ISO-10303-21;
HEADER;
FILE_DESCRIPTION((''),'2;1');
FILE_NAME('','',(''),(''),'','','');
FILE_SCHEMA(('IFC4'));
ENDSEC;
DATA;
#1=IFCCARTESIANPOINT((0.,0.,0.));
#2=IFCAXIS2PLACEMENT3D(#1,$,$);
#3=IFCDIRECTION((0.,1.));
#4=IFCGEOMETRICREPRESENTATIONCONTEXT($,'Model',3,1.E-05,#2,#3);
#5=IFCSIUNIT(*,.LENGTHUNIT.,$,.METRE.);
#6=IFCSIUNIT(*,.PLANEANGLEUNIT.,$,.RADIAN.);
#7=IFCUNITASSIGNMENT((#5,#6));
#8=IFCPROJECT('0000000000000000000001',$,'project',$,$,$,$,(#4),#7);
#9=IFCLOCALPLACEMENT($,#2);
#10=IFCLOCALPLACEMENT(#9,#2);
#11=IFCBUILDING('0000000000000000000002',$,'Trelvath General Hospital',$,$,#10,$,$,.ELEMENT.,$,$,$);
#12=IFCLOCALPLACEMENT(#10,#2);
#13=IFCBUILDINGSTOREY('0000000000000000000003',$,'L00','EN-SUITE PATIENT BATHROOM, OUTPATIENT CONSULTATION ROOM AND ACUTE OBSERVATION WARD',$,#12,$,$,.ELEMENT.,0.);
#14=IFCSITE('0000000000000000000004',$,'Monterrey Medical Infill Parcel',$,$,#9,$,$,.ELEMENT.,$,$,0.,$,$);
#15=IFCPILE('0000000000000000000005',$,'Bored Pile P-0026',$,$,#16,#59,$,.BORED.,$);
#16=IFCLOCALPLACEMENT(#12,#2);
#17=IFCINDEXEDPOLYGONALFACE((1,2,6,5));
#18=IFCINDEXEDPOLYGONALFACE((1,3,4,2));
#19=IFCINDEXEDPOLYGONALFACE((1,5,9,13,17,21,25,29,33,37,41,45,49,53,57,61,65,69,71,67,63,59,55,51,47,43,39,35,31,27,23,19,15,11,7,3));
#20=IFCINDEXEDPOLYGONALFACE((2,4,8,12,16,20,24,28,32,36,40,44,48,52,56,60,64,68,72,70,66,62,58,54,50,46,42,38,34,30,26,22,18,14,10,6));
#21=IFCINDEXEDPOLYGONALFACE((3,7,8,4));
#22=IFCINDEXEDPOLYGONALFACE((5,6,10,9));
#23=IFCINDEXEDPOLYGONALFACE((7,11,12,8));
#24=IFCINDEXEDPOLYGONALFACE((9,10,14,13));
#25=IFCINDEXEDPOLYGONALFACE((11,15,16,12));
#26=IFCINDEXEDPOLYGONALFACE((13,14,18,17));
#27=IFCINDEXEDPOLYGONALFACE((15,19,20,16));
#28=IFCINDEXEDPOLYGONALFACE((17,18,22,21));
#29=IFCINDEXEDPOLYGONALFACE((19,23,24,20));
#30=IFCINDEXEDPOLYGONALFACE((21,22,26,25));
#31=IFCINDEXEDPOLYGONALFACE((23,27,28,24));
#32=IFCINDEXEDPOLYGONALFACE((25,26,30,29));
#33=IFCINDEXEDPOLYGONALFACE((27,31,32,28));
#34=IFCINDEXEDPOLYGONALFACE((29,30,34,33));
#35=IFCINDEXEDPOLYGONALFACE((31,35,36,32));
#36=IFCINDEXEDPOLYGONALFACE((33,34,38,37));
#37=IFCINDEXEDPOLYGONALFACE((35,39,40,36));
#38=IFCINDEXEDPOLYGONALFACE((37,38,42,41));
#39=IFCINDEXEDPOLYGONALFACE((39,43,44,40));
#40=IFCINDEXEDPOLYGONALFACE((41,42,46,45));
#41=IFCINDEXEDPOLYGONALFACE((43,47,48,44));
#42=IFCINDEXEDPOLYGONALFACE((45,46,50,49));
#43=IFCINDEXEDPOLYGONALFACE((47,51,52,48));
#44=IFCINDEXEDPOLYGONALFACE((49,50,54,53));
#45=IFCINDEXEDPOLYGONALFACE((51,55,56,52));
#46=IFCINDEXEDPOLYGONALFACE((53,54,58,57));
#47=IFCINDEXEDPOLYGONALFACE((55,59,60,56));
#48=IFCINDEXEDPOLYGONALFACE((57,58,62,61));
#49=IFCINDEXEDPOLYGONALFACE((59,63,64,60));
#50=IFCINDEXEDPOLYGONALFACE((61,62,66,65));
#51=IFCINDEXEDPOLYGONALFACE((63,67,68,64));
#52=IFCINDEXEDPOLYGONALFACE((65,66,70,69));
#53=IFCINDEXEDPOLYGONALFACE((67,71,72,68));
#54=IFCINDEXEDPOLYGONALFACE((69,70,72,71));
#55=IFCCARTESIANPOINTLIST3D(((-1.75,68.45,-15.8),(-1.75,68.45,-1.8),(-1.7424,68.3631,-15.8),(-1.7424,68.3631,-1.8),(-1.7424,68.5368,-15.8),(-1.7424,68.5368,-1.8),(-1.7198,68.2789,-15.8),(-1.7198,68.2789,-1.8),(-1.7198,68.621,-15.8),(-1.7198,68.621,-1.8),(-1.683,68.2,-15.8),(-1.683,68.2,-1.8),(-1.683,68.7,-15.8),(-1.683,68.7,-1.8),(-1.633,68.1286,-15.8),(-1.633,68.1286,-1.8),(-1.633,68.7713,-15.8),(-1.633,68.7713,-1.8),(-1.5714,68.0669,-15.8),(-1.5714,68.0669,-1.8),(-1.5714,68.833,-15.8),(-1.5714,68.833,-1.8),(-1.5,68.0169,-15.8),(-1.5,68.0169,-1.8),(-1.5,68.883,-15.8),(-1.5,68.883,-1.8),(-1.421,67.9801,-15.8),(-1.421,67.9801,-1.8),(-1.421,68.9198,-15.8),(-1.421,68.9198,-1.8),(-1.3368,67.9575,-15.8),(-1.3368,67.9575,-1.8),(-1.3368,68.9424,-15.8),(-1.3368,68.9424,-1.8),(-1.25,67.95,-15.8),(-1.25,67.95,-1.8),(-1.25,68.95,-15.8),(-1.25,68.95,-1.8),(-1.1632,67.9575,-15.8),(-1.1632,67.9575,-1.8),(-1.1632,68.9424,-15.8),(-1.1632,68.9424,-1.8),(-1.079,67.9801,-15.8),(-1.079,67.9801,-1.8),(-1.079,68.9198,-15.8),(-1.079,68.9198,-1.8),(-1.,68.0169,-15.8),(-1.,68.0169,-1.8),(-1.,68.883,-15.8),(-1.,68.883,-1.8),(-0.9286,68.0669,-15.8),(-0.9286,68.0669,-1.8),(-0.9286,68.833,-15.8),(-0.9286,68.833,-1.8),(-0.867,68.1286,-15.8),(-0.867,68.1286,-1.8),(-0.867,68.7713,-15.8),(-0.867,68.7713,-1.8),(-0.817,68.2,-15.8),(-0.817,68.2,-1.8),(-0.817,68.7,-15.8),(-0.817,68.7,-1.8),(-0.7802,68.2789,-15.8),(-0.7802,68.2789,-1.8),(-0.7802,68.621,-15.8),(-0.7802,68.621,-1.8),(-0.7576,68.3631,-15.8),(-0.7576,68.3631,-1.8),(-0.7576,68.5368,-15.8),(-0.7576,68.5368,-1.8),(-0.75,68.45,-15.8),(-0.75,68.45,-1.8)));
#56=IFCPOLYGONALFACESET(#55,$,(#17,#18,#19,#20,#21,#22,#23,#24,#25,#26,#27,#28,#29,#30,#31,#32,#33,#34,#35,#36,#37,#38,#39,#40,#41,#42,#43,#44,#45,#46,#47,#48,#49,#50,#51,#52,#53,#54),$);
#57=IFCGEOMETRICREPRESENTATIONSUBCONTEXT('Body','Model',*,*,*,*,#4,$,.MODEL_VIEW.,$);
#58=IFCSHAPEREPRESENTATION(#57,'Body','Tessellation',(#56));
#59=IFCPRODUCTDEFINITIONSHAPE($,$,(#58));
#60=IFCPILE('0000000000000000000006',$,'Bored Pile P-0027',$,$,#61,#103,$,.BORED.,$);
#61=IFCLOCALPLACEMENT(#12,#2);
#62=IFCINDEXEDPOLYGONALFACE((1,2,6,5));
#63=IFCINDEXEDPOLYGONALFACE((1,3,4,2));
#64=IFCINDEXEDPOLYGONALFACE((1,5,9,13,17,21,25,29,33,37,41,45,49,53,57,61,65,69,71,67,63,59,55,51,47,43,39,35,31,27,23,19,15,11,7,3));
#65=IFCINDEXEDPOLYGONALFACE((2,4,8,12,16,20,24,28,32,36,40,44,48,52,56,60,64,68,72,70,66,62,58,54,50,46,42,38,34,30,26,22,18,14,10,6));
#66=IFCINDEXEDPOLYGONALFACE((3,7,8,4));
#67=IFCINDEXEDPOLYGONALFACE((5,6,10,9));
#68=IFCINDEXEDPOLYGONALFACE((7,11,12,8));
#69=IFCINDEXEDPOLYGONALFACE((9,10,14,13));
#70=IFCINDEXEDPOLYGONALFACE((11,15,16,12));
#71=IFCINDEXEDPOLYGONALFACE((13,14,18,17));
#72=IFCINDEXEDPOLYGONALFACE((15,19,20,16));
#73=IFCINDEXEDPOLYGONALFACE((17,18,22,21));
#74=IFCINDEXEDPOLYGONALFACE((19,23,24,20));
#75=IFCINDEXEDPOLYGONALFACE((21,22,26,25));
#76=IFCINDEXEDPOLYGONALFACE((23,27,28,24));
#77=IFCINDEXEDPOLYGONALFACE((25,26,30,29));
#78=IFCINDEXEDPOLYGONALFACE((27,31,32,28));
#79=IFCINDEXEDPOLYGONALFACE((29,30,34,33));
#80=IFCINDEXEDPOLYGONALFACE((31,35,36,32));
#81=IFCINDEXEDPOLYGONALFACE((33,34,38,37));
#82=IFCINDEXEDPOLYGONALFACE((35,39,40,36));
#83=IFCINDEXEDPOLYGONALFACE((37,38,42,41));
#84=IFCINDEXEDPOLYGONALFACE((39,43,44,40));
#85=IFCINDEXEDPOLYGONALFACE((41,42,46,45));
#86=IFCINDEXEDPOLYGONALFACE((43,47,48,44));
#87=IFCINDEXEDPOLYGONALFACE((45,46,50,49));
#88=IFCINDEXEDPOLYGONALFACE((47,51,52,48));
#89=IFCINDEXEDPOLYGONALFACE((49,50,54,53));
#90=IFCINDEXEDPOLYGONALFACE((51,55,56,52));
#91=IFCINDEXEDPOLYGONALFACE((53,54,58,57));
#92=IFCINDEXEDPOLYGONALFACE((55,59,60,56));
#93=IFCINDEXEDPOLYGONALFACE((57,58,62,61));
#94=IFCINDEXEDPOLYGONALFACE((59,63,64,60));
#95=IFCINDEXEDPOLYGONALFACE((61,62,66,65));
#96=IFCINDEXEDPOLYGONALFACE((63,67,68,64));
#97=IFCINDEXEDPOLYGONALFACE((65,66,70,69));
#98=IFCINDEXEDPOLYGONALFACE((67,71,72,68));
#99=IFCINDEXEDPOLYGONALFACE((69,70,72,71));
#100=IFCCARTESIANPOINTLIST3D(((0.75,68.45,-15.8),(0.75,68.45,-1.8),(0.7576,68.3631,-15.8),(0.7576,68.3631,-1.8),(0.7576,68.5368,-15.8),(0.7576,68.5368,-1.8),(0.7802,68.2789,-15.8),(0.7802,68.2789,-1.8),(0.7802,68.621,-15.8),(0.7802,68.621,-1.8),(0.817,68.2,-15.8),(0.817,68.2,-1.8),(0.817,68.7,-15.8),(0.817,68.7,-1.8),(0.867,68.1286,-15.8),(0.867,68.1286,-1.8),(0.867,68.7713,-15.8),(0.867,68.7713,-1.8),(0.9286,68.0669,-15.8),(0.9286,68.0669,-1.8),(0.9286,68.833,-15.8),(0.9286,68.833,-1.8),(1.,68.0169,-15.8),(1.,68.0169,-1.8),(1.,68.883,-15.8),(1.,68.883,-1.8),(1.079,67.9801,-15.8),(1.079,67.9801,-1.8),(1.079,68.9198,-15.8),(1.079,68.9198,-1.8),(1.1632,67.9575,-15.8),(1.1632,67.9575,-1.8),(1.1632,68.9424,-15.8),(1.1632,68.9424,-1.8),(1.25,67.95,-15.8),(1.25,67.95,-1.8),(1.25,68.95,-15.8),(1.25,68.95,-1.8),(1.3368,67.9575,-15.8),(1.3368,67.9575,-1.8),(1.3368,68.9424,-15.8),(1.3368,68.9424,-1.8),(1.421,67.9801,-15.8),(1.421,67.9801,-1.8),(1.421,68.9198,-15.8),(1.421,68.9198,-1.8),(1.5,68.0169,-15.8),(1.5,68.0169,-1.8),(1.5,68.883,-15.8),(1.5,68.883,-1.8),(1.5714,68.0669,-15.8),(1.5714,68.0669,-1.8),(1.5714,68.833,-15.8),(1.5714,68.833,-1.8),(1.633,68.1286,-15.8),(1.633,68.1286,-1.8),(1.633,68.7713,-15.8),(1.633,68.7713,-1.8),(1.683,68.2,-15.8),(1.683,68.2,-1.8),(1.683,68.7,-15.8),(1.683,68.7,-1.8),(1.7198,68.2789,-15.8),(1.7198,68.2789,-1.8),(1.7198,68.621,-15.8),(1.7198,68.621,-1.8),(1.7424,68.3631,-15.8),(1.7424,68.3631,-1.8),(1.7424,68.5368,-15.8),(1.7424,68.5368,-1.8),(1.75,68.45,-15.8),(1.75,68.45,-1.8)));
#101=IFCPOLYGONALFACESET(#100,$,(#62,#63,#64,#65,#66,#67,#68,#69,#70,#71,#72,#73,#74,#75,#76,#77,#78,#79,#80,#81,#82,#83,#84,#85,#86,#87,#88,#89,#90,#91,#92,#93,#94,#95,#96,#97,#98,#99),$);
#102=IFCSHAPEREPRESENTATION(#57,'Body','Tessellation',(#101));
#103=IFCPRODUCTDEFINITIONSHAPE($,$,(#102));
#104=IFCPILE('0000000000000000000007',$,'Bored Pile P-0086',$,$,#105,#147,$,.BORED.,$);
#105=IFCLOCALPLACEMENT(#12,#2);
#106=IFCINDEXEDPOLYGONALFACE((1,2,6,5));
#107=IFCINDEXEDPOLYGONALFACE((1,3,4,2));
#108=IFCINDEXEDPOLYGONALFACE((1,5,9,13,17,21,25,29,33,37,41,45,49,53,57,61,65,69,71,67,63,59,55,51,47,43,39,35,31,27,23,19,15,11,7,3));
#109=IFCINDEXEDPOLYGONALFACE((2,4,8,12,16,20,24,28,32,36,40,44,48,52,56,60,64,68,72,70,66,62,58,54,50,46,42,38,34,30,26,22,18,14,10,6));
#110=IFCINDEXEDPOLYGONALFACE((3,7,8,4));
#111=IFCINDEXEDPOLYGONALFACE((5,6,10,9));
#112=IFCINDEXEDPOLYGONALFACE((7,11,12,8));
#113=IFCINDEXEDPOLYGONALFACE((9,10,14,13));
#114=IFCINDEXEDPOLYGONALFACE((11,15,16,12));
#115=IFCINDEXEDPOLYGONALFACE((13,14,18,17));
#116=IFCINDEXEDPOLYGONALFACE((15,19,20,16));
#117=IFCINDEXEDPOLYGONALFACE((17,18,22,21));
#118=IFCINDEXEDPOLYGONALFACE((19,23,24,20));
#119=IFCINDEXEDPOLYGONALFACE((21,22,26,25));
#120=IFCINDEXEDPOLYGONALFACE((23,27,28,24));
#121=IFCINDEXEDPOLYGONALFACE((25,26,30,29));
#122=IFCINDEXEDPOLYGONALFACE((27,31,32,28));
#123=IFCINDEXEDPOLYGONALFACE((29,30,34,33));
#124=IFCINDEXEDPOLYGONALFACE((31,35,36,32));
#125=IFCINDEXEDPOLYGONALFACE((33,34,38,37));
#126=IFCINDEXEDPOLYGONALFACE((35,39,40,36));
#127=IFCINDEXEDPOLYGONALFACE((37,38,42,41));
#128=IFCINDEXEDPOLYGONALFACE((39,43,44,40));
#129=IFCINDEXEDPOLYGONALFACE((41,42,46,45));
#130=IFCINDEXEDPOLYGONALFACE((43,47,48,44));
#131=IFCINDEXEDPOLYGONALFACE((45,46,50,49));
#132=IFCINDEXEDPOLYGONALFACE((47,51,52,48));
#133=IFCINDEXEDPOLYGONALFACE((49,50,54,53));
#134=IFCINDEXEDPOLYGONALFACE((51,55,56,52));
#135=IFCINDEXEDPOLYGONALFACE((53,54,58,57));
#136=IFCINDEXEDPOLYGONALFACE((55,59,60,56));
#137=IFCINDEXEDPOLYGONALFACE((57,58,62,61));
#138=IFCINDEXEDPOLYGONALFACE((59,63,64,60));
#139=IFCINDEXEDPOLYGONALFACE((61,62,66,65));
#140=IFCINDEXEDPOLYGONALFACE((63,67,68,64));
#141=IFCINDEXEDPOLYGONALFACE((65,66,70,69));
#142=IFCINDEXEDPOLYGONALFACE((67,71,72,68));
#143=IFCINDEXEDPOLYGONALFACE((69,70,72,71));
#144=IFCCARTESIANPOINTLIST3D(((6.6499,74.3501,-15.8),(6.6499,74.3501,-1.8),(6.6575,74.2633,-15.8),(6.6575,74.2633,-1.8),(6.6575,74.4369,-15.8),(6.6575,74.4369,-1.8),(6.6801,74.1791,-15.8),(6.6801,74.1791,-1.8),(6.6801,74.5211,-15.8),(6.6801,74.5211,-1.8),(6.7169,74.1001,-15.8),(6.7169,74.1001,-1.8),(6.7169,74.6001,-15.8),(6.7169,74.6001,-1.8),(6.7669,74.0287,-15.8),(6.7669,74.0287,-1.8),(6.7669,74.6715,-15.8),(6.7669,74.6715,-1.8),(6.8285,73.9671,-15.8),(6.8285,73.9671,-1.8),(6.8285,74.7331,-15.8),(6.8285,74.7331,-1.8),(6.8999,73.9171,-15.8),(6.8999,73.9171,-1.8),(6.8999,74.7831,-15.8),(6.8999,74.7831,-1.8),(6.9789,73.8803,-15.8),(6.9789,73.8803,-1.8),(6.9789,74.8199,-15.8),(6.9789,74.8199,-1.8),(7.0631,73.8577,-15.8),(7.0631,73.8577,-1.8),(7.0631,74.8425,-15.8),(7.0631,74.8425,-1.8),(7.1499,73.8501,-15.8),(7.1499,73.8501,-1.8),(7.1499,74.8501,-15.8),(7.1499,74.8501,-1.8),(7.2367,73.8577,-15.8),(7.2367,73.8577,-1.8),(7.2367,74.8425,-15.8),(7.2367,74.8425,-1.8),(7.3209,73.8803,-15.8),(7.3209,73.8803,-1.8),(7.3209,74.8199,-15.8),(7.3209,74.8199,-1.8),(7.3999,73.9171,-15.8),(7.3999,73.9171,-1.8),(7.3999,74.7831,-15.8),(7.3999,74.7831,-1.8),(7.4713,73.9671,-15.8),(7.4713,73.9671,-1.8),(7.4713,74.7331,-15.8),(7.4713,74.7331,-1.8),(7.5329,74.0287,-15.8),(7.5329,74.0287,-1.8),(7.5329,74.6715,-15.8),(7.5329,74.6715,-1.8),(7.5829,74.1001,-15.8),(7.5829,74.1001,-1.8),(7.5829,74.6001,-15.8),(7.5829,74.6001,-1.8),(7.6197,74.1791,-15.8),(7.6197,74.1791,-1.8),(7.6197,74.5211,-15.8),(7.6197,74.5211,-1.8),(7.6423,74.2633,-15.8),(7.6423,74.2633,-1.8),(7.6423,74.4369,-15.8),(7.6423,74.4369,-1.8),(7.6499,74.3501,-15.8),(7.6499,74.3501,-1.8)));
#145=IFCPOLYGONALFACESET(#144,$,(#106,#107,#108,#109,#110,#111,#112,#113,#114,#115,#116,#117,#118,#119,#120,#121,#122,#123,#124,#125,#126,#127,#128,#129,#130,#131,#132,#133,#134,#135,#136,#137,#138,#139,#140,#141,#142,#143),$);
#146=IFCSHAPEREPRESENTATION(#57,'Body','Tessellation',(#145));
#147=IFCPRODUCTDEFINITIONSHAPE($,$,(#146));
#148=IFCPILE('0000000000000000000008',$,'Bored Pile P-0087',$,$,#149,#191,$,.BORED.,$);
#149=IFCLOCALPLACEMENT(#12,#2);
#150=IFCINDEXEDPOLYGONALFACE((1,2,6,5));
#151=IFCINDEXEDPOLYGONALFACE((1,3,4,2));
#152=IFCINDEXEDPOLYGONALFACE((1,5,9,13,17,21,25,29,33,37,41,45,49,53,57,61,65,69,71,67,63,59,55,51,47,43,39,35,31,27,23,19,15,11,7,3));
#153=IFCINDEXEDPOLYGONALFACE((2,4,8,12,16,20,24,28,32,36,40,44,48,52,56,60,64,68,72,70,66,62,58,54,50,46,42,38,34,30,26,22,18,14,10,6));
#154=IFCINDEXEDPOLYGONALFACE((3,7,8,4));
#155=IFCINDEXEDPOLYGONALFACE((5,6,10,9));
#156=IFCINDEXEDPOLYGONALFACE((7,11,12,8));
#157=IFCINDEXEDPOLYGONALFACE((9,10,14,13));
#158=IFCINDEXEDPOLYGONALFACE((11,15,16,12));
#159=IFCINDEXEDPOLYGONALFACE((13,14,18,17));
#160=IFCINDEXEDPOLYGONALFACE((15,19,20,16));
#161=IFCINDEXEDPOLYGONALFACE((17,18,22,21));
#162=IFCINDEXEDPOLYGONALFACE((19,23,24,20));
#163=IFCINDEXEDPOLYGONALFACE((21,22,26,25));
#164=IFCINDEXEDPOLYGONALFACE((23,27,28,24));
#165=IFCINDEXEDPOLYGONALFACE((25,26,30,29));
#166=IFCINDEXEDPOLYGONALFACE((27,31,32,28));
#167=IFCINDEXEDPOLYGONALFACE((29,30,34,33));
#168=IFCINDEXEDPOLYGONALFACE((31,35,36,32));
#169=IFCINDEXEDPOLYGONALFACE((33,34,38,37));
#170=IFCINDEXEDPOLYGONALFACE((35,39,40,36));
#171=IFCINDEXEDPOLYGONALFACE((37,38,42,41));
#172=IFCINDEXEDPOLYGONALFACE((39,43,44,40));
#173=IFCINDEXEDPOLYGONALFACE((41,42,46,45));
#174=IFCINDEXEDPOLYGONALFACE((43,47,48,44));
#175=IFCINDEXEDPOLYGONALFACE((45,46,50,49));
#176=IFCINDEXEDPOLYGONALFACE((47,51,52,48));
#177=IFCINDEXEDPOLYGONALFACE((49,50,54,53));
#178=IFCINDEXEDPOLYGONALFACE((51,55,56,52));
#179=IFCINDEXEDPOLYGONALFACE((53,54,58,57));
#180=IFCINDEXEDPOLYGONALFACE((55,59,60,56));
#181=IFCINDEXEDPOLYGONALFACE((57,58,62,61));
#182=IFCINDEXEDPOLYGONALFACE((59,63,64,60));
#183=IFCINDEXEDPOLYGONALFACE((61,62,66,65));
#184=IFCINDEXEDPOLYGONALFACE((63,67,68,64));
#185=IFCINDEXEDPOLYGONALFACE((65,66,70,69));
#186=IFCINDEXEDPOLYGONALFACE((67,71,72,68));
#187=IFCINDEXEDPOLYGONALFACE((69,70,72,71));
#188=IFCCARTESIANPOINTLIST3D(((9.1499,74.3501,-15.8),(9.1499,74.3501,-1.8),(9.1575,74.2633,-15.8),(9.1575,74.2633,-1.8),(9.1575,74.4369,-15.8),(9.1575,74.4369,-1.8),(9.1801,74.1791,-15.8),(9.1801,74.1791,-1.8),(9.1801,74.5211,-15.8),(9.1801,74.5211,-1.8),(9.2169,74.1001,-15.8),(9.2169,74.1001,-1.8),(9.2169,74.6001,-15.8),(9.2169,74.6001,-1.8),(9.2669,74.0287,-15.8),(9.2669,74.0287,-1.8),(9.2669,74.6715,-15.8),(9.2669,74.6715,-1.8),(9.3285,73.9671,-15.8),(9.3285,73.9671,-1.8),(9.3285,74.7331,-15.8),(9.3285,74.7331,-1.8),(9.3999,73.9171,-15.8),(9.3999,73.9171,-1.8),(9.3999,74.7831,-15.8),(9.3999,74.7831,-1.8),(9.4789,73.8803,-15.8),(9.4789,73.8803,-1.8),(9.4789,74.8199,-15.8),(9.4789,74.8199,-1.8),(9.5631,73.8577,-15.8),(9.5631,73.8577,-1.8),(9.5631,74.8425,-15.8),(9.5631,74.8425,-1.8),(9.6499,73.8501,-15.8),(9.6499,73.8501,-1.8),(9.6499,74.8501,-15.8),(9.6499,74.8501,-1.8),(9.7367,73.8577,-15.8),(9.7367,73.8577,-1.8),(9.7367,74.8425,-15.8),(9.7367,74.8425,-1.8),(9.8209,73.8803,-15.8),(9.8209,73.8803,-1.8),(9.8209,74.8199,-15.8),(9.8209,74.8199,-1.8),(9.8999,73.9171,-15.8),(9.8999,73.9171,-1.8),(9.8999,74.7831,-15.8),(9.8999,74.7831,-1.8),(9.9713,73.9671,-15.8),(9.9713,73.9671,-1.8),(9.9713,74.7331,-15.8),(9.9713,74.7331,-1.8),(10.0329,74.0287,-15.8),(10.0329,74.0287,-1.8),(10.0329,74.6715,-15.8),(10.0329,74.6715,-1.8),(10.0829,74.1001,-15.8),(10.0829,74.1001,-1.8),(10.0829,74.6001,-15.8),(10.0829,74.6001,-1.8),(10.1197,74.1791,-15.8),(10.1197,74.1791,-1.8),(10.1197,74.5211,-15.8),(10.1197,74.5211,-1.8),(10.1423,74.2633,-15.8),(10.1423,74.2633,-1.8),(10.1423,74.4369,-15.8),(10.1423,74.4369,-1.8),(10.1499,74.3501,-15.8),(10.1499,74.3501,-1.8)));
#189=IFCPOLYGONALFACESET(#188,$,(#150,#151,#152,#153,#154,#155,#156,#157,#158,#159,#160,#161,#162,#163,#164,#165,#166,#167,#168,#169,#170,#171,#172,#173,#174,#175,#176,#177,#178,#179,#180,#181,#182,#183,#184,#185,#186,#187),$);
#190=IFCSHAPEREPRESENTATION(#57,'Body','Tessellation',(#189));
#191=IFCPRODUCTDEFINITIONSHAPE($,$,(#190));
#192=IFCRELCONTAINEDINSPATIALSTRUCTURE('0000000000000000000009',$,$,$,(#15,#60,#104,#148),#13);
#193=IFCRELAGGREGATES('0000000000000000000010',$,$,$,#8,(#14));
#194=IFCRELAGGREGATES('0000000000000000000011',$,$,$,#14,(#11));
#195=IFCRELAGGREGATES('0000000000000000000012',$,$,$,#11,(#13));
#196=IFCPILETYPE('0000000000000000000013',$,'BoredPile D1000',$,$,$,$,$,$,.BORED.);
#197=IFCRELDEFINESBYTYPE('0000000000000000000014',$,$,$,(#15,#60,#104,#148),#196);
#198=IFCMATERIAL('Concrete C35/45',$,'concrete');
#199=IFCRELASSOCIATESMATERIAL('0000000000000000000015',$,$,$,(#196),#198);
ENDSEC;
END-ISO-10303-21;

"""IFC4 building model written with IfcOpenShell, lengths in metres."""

from ifc_helpers import new_model, si_unit, direction, frame, origin, origin_2d, place, context, subcontext, project, spatial, circle, extrude, material, material_profile, profile_set, type_object, element, save


model = new_model("IFC4")

# Units and contexts
model_context = context("Model", 3, precision=1e-05, world=origin(), true_north=direction((0.0, 1.0)))
body_context = subcontext(model_context, "Body", "Model", "MODEL_VIEW")
ifc_project = project(units=[si_unit("LENGTHUNIT", "METRE"), si_unit("PLANEANGLEUNIT", "RADIAN")], contexts=[model_context])

# Site, building, storey
site_placement = place(None, origin())
site = spatial("IfcSite", under=ifc_project, at=site_placement, Name="Monterrey Medical Infill Parcel", CompositionType="ELEMENT", RefElevation=0.0)
building_placement = place(site_placement, origin())
building = spatial("IfcBuilding", under=site, at=building_placement, Name="Trelvath General Hospital", CompositionType="ELEMENT")
storey_placement = place(building_placement, origin())
storey = spatial("IfcBuildingStorey", under=building, at=storey_placement, Name="L00", Description="EN-SUITE PATIENT BATHROOM, OUTPATIENT CONSULTATION ROOM AND ACUTE OBSERVATION WARD", CompositionType="ELEMENT", Elevation=0.0)

# Piles
ifc_material_1 = material(Name="Concrete C35/45", Category="concrete")
ifc_material_profile_1 = material_profile(ifc_material_1, circle(Radius=0.5, at=origin_2d()), Name="PILE1000")
ifc_profile_set_1 = profile_set([ifc_material_profile_1], Name="Concrete C35/45")
pile_type_1 = type_object("IfcPileType", Name="BoredPile D1000", PredefinedType="BORED", material=ifc_profile_set_1)
for number, where, z_axis, x_axis, name in (
    (1, (-1.25, 68.45, -1.8), (0.0, 0.0, -1.0), (1.0, 0.0, 0.0), "Bored Pile P-0026"),
    (2, (1.25, 68.45, -1.8), (0.0, 0.0, -1.0), (1.0, 0.0, 0.0), "Bored Pile P-0027"),
    (3, (7.1499, 74.3501, -1.8), (0.0, 0.0, -1.0), (1.0, 0.0, 0.0), "Bored Pile P-0086"),
    (4, (9.6499, 74.3501, -1.8), (0.0, 0.0, -1.0), (1.0, 0.0, 0.0), "Bored Pile P-0087"),
):
    element("IfcPile", number, at=place(storey_placement, frame(where, z_axis=z_axis, x_axis=x_axis)), inside=storey, type_object=pile_type_1, Name=name, PredefinedType="BORED", context=body_context, shape_type="SweptSolid", body=[
        extrude(circle(Radius=0.5, at=origin_2d()), origin(), (0.0, 0.0, 1.0), 14.0),
    ])

save(model, "model.ifc")
